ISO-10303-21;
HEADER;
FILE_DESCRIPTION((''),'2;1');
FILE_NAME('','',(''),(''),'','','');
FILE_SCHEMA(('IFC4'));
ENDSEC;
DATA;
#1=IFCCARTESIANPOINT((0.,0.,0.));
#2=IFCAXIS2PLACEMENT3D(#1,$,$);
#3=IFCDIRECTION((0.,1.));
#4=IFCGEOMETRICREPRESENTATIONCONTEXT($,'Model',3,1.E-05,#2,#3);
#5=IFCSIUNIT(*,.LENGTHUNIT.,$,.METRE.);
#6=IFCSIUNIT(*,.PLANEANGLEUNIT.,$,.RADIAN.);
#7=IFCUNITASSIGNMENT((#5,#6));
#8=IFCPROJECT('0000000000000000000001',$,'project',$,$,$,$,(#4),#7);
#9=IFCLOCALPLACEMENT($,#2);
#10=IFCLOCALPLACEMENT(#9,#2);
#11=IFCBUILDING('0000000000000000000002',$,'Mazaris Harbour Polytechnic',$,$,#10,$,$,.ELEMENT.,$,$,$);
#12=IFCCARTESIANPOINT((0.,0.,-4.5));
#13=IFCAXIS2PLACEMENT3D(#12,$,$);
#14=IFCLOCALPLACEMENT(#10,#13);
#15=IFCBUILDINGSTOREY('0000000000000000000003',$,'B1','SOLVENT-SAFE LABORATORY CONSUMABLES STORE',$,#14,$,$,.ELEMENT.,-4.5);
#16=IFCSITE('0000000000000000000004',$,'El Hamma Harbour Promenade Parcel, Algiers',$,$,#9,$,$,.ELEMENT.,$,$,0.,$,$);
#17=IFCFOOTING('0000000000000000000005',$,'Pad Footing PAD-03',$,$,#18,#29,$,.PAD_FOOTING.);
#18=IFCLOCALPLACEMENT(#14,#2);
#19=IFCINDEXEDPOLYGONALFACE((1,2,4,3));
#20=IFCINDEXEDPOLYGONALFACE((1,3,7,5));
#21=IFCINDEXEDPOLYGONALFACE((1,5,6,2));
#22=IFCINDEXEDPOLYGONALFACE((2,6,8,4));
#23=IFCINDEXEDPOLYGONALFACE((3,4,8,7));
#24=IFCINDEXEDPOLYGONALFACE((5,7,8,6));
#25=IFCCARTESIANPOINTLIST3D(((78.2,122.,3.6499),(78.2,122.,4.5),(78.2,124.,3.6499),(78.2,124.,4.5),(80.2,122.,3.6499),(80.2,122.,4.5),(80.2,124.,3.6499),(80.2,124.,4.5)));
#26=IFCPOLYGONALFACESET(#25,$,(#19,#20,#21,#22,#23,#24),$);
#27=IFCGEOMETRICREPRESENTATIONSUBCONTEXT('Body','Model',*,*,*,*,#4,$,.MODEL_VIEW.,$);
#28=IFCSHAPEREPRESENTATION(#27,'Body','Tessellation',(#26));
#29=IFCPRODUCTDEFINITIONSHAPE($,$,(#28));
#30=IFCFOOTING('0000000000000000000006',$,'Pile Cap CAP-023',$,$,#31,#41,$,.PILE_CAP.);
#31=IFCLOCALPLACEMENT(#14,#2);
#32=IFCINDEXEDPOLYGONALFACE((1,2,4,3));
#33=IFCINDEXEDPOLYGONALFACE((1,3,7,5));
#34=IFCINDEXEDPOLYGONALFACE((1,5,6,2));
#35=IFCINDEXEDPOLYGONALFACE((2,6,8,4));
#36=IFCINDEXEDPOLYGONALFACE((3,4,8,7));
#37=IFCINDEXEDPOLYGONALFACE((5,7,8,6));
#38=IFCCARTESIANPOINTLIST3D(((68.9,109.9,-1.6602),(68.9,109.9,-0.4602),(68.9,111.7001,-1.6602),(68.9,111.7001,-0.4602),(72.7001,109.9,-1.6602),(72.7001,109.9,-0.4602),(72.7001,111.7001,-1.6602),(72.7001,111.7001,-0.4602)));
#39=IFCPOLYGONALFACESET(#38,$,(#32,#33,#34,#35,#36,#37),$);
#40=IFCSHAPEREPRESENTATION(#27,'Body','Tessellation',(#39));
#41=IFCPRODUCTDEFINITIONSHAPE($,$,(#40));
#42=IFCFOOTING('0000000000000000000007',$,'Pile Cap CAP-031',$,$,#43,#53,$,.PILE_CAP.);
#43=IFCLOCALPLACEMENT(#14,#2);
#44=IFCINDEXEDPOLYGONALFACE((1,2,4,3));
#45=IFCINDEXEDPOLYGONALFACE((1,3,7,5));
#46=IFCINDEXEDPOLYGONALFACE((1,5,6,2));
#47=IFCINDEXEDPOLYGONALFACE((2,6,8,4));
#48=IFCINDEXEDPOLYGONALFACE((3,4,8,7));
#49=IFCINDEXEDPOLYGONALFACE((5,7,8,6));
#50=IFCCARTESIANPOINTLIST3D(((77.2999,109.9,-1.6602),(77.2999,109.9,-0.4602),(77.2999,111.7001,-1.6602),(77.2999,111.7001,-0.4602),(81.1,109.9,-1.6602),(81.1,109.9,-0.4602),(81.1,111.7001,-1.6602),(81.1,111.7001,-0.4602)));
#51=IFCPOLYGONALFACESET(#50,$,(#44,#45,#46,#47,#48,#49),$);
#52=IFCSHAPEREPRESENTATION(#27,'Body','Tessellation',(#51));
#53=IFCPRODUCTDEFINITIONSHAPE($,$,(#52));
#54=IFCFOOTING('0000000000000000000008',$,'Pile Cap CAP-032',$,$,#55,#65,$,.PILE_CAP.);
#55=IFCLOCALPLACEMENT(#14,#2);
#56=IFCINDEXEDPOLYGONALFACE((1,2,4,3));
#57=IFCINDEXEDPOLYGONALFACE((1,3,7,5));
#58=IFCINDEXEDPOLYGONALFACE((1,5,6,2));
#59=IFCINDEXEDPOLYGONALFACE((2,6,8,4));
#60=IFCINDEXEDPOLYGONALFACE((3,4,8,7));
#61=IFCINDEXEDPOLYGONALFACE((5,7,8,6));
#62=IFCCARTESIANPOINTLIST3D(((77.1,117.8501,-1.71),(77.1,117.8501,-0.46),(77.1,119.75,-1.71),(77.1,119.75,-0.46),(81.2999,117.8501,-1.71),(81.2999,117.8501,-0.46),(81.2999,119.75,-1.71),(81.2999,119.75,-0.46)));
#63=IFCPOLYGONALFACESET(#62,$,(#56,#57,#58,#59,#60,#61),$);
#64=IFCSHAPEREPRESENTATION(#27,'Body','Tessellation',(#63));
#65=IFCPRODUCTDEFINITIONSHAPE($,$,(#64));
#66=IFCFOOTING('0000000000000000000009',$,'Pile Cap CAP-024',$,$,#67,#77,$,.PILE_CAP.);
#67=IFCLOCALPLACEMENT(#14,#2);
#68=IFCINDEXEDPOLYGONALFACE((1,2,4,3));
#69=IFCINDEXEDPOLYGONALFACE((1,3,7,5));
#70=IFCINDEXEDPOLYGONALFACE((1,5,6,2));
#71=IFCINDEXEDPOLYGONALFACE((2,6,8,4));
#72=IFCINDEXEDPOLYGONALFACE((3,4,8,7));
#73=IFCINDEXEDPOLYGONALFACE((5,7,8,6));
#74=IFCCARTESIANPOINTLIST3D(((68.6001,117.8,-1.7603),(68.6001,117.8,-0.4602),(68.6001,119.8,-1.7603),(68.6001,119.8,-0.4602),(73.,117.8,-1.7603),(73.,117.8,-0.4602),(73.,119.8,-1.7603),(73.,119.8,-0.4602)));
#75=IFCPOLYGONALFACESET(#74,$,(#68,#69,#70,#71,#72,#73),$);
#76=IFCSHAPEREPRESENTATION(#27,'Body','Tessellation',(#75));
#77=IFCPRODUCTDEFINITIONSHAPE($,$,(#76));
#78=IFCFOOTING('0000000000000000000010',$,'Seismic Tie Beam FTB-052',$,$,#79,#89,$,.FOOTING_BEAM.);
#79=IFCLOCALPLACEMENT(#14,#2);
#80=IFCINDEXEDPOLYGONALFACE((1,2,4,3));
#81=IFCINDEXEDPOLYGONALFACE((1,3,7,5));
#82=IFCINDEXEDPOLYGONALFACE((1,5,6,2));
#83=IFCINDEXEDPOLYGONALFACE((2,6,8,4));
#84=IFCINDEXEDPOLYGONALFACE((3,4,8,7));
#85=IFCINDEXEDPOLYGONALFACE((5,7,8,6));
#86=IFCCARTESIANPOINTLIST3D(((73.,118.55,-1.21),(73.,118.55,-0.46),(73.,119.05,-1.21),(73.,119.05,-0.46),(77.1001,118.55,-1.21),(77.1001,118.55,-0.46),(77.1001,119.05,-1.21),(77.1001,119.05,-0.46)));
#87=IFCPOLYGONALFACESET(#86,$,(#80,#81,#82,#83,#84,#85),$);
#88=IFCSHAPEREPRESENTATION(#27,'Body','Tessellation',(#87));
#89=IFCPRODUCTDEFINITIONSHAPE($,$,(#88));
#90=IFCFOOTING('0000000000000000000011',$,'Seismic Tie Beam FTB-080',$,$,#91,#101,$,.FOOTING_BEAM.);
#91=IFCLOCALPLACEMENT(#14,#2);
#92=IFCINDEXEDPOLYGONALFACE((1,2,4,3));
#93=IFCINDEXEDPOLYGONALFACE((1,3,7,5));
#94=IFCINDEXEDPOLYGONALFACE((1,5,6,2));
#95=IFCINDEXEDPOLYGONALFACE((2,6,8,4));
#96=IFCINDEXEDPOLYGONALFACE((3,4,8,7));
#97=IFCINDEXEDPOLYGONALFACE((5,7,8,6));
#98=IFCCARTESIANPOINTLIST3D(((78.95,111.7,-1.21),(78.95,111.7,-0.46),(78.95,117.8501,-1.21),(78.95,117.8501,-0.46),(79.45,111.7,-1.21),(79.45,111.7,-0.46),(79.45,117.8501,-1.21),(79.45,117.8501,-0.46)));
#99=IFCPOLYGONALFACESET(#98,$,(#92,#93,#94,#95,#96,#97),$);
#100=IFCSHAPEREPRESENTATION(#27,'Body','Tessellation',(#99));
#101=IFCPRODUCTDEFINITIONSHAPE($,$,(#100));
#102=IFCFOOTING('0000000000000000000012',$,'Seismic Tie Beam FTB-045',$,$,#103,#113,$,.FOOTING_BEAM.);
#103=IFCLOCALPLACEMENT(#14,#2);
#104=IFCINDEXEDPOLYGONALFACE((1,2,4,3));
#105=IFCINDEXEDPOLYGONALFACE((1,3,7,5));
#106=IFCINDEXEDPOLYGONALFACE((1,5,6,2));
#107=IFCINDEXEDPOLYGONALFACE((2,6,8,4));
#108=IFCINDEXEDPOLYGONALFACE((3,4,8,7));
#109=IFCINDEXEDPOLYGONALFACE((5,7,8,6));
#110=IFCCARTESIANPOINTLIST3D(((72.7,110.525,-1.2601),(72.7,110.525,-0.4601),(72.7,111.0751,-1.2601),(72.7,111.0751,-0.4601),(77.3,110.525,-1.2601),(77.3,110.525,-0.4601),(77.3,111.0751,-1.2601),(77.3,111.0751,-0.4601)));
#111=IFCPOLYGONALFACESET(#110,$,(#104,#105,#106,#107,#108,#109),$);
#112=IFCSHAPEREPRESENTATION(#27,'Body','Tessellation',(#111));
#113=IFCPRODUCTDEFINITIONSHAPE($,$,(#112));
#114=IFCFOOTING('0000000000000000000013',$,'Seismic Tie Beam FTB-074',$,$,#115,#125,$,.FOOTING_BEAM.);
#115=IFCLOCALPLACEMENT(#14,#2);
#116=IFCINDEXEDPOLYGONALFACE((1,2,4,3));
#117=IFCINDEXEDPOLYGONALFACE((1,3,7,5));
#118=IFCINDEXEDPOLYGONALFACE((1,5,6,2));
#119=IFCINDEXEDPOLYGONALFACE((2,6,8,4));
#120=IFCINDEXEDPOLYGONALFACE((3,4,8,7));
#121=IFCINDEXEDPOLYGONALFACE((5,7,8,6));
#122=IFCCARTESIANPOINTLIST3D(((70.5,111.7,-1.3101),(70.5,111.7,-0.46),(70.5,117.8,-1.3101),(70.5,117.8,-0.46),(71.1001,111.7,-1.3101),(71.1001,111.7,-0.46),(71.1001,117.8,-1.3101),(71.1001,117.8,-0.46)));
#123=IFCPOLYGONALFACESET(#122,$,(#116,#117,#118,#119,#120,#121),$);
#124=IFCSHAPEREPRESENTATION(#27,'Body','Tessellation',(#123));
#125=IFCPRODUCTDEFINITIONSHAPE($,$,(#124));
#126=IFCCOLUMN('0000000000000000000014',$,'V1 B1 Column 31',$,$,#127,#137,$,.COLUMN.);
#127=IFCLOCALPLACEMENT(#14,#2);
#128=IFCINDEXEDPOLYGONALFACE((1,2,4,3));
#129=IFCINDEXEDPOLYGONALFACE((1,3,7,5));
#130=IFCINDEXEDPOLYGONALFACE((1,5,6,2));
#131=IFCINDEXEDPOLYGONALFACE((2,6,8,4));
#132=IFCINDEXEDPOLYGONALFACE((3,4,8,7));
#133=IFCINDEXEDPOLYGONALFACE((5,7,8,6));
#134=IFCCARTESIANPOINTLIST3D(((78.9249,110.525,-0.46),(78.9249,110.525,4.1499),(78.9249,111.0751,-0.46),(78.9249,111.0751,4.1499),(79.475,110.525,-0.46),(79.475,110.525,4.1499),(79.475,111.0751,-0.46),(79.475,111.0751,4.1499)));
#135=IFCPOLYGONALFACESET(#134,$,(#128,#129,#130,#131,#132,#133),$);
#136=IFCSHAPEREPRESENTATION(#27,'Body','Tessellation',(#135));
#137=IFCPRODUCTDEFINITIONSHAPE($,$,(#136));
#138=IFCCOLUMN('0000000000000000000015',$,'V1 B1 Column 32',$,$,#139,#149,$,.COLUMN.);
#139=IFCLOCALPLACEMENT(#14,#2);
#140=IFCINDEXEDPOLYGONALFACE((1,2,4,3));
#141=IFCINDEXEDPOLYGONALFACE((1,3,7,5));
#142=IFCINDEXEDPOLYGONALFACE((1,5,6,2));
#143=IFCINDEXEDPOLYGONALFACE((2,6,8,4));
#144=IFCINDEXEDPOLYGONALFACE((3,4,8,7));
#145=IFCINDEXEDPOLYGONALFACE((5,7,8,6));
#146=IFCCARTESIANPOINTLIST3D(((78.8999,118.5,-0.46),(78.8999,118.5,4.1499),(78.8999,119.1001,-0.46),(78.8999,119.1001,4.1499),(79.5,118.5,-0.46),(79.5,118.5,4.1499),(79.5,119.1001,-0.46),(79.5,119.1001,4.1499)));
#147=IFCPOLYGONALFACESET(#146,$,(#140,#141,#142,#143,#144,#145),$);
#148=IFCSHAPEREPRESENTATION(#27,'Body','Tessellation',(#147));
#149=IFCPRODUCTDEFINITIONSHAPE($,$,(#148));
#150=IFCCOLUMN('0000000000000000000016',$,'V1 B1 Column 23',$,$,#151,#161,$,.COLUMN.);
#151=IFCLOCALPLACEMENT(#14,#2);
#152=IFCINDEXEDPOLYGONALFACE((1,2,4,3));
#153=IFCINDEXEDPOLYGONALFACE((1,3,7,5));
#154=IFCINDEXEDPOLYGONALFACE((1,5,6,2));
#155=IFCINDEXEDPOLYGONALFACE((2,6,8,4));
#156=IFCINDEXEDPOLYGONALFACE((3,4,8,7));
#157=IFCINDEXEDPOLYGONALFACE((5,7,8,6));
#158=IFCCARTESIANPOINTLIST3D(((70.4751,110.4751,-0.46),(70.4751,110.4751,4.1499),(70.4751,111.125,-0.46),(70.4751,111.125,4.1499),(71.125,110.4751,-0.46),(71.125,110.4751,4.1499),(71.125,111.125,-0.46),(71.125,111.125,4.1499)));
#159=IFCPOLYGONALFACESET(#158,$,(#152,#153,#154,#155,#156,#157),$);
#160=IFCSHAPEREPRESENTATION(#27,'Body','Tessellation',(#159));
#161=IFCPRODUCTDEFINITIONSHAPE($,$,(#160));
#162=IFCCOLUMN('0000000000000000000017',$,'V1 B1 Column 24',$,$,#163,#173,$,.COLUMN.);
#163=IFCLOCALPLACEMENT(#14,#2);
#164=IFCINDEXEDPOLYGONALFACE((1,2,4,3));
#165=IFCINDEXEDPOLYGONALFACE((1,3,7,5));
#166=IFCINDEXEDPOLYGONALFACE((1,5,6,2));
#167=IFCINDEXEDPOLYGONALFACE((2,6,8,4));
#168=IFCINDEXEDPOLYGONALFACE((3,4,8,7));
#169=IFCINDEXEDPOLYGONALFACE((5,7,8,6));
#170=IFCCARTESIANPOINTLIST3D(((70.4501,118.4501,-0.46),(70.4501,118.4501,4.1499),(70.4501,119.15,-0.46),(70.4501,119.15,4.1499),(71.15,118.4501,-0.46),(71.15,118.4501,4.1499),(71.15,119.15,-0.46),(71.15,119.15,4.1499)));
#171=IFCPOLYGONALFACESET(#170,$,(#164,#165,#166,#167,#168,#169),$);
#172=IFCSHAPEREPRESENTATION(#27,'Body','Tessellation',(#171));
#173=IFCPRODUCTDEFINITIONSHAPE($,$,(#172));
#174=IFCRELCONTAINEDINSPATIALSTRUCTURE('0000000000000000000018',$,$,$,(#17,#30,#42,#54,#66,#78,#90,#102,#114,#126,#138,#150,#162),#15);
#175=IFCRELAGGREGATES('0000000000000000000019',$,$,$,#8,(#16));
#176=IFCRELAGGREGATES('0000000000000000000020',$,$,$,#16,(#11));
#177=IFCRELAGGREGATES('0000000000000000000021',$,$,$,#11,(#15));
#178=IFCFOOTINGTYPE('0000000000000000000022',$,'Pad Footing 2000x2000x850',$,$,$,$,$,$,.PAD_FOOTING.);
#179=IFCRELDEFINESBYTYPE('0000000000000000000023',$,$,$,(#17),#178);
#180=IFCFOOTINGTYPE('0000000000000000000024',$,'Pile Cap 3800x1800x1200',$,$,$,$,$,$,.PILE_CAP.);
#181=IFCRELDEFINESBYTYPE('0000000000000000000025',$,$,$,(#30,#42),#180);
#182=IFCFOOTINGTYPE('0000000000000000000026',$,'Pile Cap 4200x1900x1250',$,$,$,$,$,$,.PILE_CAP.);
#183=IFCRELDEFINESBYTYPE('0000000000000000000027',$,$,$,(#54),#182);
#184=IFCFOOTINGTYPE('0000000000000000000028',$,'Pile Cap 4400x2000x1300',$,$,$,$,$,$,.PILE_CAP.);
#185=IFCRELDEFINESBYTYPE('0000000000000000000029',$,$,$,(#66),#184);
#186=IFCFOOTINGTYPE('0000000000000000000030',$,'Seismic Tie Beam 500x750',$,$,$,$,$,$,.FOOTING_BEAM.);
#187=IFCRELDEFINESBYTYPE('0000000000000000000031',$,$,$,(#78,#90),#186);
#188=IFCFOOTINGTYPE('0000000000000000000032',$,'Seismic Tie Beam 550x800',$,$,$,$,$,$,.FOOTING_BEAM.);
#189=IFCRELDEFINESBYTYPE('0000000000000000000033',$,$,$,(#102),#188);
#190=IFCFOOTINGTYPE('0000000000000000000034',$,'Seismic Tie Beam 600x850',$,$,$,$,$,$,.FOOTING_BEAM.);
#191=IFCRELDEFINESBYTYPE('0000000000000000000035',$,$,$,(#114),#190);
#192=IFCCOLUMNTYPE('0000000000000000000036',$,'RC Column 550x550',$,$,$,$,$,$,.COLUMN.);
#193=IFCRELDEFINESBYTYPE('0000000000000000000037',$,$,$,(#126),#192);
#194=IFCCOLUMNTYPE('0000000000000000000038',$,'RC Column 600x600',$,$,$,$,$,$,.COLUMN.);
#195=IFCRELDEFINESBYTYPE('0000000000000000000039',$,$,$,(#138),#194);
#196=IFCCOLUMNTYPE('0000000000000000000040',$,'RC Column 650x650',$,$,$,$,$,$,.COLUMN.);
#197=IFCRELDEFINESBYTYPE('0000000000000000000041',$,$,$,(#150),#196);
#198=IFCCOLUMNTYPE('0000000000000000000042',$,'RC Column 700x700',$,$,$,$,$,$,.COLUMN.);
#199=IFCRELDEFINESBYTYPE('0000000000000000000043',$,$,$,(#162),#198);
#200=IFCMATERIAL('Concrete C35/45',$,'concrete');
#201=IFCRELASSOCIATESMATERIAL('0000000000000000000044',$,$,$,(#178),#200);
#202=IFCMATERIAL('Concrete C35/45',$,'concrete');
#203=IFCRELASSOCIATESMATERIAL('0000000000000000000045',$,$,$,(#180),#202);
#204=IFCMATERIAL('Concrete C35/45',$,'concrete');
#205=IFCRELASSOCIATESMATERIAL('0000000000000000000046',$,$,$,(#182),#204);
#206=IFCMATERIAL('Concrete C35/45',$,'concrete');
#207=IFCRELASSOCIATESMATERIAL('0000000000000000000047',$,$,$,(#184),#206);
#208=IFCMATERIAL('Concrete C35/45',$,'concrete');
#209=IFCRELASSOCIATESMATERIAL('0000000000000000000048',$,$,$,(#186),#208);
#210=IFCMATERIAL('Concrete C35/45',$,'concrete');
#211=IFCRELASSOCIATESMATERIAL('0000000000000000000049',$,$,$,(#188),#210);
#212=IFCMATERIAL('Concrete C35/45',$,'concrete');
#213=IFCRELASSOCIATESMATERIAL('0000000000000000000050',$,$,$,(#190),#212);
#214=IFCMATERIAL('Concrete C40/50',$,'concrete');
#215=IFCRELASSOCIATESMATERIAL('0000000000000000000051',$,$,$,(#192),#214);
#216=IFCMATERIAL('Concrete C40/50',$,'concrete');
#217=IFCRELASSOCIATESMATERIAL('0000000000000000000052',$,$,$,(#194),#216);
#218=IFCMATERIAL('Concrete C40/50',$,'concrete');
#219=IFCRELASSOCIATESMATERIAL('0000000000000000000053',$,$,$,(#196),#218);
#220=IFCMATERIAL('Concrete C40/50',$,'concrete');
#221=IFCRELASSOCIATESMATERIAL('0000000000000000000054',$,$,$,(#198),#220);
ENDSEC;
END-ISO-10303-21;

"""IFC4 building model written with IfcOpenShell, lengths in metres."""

from ifc_helpers import new_model, si_unit, direction, frame, origin, origin_2d, place, context, subcontext, project, spatial, rectangle, extrude, material, material_profile, profile_set, type_object, element, save


model = new_model("IFC4")

# Units and contexts
model_context = context("Model", 3, precision=1e-05, world=origin(), true_north=direction((0.0, 1.0)))
body_context = subcontext(model_context, "Body", "Model", "MODEL_VIEW")
ifc_project = project(units=[si_unit("LENGTHUNIT", "METRE"), si_unit("PLANEANGLEUNIT", "RADIAN")], contexts=[model_context])

# Site, building, storey
site_placement = place(None, origin())
site = spatial("IfcSite", under=ifc_project, at=site_placement, Name="El Hamma Harbour Promenade Parcel, Algiers", CompositionType="ELEMENT", RefElevation=0.0)
building_placement = place(site_placement, origin())
building = spatial("IfcBuilding", under=site, at=building_placement, Name="Mazaris Harbour Polytechnic", CompositionType="ELEMENT")
storey_placement = place(building_placement, frame((0.0, 0.0, -4.5)))
storey = spatial("IfcBuildingStorey", under=building, at=storey_placement, Name="B1", Description="SOLVENT-SAFE LABORATORY CONSUMABLES STORE", CompositionType="ELEMENT", Elevation=-4.5)

# Footings
ifc_material_1 = material(Name="Concrete C35/45", Category="concrete")
footing_type_1 = type_object("IfcFootingType", Name="Pad Footing 2000x2000x850", PredefinedType="PAD_FOOTING", material=ifc_material_1)
footing_1_placement = place(storey_placement, frame((79.2, 123.0, 3.6499), z_axis=(0.0, 0.0, 1.0), x_axis=(1.0, 0.0, 0.0)))
element("IfcFooting", 1, at=footing_1_placement, inside=storey, type_object=footing_type_1, Name="Pad Footing PAD-03", PredefinedType="PAD_FOOTING", context=body_context, shape_type="SweptSolid", body=[
    extrude(rectangle(XDim=2.0, YDim=2.0, at=origin_2d()), origin(), (0.0, 0.0, 1.0), 0.8501),
])
ifc_material_2 = material(Name="Concrete C35/45", Category="concrete")
footing_type_2 = type_object("IfcFootingType", Name="Pile Cap 3800x1800x1200", PredefinedType="PILE_CAP", material=ifc_material_2)
for number, where, z_axis, x_axis, name in (
    (2, (70.8, 110.8, -1.6602), (0.0, 0.0, 1.0), (1.0, 0.0, 0.0), "Pile Cap CAP-023"),
    (3, (79.2, 110.8, -1.6602), (0.0, 0.0, 1.0), (1.0, 0.0, 0.0), "Pile Cap CAP-031"),
):
    element("IfcFooting", number, at=place(storey_placement, frame(where, z_axis=z_axis, x_axis=x_axis)), inside=storey, type_object=footing_type_2, Name=name, PredefinedType="PILE_CAP", context=body_context, shape_type="SweptSolid", body=[
        extrude(rectangle(XDim=3.8, YDim=1.8, at=origin_2d()), origin(), (0.0, 0.0, 1.0), 1.2),
    ])
ifc_material_3 = material(Name="Concrete C35/45", Category="concrete")
footing_type_3 = type_object("IfcFootingType", Name="Pile Cap 4200x1900x1250", PredefinedType="PILE_CAP", material=ifc_material_3)
footing_2_placement = place(storey_placement, frame((79.2, 118.8, -1.71), z_axis=(0.0, 0.0, 1.0), x_axis=(1.0, 0.0, 0.0)))
element("IfcFooting", 4, at=footing_2_placement, inside=storey, type_object=footing_type_3, Name="Pile Cap CAP-032", PredefinedType="PILE_CAP", context=body_context, shape_type="SweptSolid", body=[
    extrude(rectangle(XDim=4.2, YDim=1.8999, at=origin_2d()), origin(), (0.0, 0.0, 1.0), 1.25),
])
ifc_material_4 = material(Name="Concrete C35/45", Category="concrete")
footing_type_4 = type_object("IfcFootingType", Name="Pile Cap 4400x2000x1300", PredefinedType="PILE_CAP", material=ifc_material_4)
footing_3_placement = place(storey_placement, frame((70.8, 118.8, -1.7603), z_axis=(0.0, 0.0, 1.0), x_axis=(1.0, 0.0, 0.0)))
element("IfcFooting", 5, at=footing_3_placement, inside=storey, type_object=footing_type_4, Name="Pile Cap CAP-024", PredefinedType="PILE_CAP", context=body_context, shape_type="SweptSolid", body=[
    extrude(rectangle(XDim=4.3999, YDim=2.0, at=origin_2d()), origin(), (0.0, 0.0, 1.0), 1.3),
])
ifc_material_5 = material(Name="Concrete C35/45", Category="concrete")
ifc_material_profile_1 = material_profile(ifc_material_5, rectangle(XDim=0.5, YDim=0.75, at=origin_2d()), Name="RECT500x750")
ifc_profile_set_1 = profile_set([ifc_material_profile_1], Name="Concrete C35/45")
footing_type_5 = type_object("IfcFootingType", Name="Seismic Tie Beam 500x750", PredefinedType="FOOTING_BEAM", material=ifc_profile_set_1)
footing_4_placement = place(storey_placement, frame((73.0, 118.8, -0.835), z_axis=(1.0, 0.0, 0.0), x_axis=(0.0, 1.0, 0.0)))
element("IfcFooting", 6, at=footing_4_placement, inside=storey, type_object=footing_type_5, Name="Seismic Tie Beam FTB-052", PredefinedType="FOOTING_BEAM", context=body_context, shape_type="SweptSolid", body=[
    extrude(rectangle(XDim=0.5, YDim=0.75, at=origin_2d()), origin(), (0.0, 0.0, 1.0), 4.1001),
])
footing_5_placement = place(storey_placement, frame((79.2, 111.7, -0.835), z_axis=(0.0, 1.0, 0.0), x_axis=(-1.0, 0.0, 0.0)))
element("IfcFooting", 7, at=footing_5_placement, inside=storey, type_object=footing_type_5, Name="Seismic Tie Beam FTB-080", PredefinedType="FOOTING_BEAM", context=body_context, shape_type="SweptSolid", body=[
    extrude(rectangle(XDim=0.5, YDim=0.75, at=origin_2d()), origin(), (0.0, 0.0, 1.0), 6.1501),
])
ifc_material_6 = material(Name="Concrete C35/45", Category="concrete")
ifc_material_profile_2 = material_profile(ifc_material_6, rectangle(XDim=0.55, YDim=0.8, at=origin_2d()), Name="RECT550x800")
ifc_profile_set_2 = profile_set([ifc_material_profile_2], Name="Concrete C35/45")
footing_type_6 = type_object("IfcFootingType", Name="Seismic Tie Beam 550x800", PredefinedType="FOOTING_BEAM", material=ifc_profile_set_2)
footing_6_placement = place(storey_placement, frame((72.7, 110.8, -0.8601), z_axis=(1.0, 0.0, 0.0), x_axis=(0.0, 1.0, 0.0)))
element("IfcFooting", 8, at=footing_6_placement, inside=storey, type_object=footing_type_6, Name="Seismic Tie Beam FTB-045", PredefinedType="FOOTING_BEAM", context=body_context, shape_type="SweptSolid", body=[
    extrude(rectangle(XDim=0.55, YDim=0.8, at=origin_2d()), origin(), (0.0, 0.0, 1.0), 4.6001),
])
ifc_material_7 = material(Name="Concrete C35/45", Category="concrete")
ifc_material_profile_3 = material_profile(ifc_material_7, rectangle(XDim=0.6001, YDim=0.8501, at=origin_2d()), Name="RECT600x850")
ifc_profile_set_3 = profile_set([ifc_material_profile_3], Name="Concrete C35/45")
footing_type_7 = type_object("IfcFootingType", Name="Seismic Tie Beam 600x850", PredefinedType="FOOTING_BEAM", material=ifc_profile_set_3)
footing_7_placement = place(storey_placement, frame((70.8, 111.7, -0.885), z_axis=(0.0, 1.0, 0.0), x_axis=(-1.0, 0.0, 0.0)))
element("IfcFooting", 9, at=footing_7_placement, inside=storey, type_object=footing_type_7, Name="Seismic Tie Beam FTB-074", PredefinedType="FOOTING_BEAM", context=body_context, shape_type="SweptSolid", body=[
    extrude(rectangle(XDim=0.6001, YDim=0.8501, at=origin_2d()), origin(), (0.0, 0.0, 1.0), 6.1001),
])

# Columns
ifc_material_8 = material(Name="Concrete C40/50", Category="concrete")
ifc_material_profile_4 = material_profile(ifc_material_8, rectangle(XDim=0.55, YDim=0.55, at=origin_2d()), Name="RECT550x550")
ifc_profile_set_4 = profile_set([ifc_material_profile_4], Name="Concrete C40/50")
column_type_1 = type_object("IfcColumnType", Name="RC Column 550x550", PredefinedType="COLUMN", material=ifc_profile_set_4)
column_1_placement = place(storey_placement, frame((79.2, 110.8, -0.46), z_axis=(0.0, 0.0, 1.0), x_axis=(1.0, 0.0, 0.0)))
element("IfcColumn", 10, at=column_1_placement, inside=storey, type_object=column_type_1, Name="V1 B1 Column 31", PredefinedType="COLUMN", context=body_context, shape_type="SweptSolid", body=[
    extrude(rectangle(XDim=0.55, YDim=0.55, at=origin_2d()), origin(), (0.0, 0.0, 1.0), 4.6099),
])
ifc_material_9 = material(Name="Concrete C40/50", Category="concrete")
ifc_material_profile_5 = material_profile(ifc_material_9, rectangle(XDim=0.6001, YDim=0.6001, at=origin_2d()), Name="RECT600x600")
ifc_profile_set_5 = profile_set([ifc_material_profile_5], Name="Concrete C40/50")
column_type_2 = type_object("IfcColumnType", Name="RC Column 600x600", PredefinedType="COLUMN", material=ifc_profile_set_5)
column_2_placement = place(storey_placement, frame((79.2, 118.8, -0.46), z_axis=(0.0, 0.0, 1.0), x_axis=(1.0, 0.0, 0.0)))
element("IfcColumn", 11, at=column_2_placement, inside=storey, type_object=column_type_2, Name="V1 B1 Column 32", PredefinedType="COLUMN", context=body_context, shape_type="SweptSolid", body=[
    extrude(rectangle(XDim=0.6001, YDim=0.6001, at=origin_2d()), origin(), (0.0, 0.0, 1.0), 4.6099),
])
ifc_material_10 = material(Name="Concrete C40/50", Category="concrete")
ifc_material_profile_6 = material_profile(ifc_material_10, rectangle(XDim=0.6499, YDim=0.6499, at=origin_2d()), Name="RECT650x650")
ifc_profile_set_6 = profile_set([ifc_material_profile_6], Name="Concrete C40/50")
column_type_3 = type_object("IfcColumnType", Name="RC Column 650x650", PredefinedType="COLUMN", material=ifc_profile_set_6)
column_3_placement = place(storey_placement, frame((70.8, 110.8, -0.46), z_axis=(0.0, 0.0, 1.0), x_axis=(1.0, 0.0, 0.0)))
element("IfcColumn", 12, at=column_3_placement, inside=storey, type_object=column_type_3, Name="V1 B1 Column 23", PredefinedType="COLUMN", context=body_context, shape_type="SweptSolid", body=[
    extrude(rectangle(XDim=0.6499, YDim=0.6499, at=origin_2d()), origin(), (0.0, 0.0, 1.0), 4.6099),
])
ifc_material_11 = material(Name="Concrete C40/50", Category="concrete")
ifc_material_profile_7 = material_profile(ifc_material_11, rectangle(XDim=0.7, YDim=0.7, at=origin_2d()), Name="RECT700x700")
ifc_profile_set_7 = profile_set([ifc_material_profile_7], Name="Concrete C40/50")
column_type_4 = type_object("IfcColumnType", Name="RC Column 700x700", PredefinedType="COLUMN", material=ifc_profile_set_7)
column_4_placement = place(storey_placement, frame((70.8, 118.8, -0.46), z_axis=(0.0, 0.0, 1.0), x_axis=(1.0, 0.0, 0.0)))
element("IfcColumn", 13, at=column_4_placement, inside=storey, type_object=column_type_4, Name="V1 B1 Column 24", PredefinedType="COLUMN", context=body_context, shape_type="SweptSolid", body=[
    extrude(rectangle(XDim=0.7, YDim=0.7, at=origin_2d()), origin(), (0.0, 0.0, 1.0), 4.6099),
])

save(model, "model.ifc")
